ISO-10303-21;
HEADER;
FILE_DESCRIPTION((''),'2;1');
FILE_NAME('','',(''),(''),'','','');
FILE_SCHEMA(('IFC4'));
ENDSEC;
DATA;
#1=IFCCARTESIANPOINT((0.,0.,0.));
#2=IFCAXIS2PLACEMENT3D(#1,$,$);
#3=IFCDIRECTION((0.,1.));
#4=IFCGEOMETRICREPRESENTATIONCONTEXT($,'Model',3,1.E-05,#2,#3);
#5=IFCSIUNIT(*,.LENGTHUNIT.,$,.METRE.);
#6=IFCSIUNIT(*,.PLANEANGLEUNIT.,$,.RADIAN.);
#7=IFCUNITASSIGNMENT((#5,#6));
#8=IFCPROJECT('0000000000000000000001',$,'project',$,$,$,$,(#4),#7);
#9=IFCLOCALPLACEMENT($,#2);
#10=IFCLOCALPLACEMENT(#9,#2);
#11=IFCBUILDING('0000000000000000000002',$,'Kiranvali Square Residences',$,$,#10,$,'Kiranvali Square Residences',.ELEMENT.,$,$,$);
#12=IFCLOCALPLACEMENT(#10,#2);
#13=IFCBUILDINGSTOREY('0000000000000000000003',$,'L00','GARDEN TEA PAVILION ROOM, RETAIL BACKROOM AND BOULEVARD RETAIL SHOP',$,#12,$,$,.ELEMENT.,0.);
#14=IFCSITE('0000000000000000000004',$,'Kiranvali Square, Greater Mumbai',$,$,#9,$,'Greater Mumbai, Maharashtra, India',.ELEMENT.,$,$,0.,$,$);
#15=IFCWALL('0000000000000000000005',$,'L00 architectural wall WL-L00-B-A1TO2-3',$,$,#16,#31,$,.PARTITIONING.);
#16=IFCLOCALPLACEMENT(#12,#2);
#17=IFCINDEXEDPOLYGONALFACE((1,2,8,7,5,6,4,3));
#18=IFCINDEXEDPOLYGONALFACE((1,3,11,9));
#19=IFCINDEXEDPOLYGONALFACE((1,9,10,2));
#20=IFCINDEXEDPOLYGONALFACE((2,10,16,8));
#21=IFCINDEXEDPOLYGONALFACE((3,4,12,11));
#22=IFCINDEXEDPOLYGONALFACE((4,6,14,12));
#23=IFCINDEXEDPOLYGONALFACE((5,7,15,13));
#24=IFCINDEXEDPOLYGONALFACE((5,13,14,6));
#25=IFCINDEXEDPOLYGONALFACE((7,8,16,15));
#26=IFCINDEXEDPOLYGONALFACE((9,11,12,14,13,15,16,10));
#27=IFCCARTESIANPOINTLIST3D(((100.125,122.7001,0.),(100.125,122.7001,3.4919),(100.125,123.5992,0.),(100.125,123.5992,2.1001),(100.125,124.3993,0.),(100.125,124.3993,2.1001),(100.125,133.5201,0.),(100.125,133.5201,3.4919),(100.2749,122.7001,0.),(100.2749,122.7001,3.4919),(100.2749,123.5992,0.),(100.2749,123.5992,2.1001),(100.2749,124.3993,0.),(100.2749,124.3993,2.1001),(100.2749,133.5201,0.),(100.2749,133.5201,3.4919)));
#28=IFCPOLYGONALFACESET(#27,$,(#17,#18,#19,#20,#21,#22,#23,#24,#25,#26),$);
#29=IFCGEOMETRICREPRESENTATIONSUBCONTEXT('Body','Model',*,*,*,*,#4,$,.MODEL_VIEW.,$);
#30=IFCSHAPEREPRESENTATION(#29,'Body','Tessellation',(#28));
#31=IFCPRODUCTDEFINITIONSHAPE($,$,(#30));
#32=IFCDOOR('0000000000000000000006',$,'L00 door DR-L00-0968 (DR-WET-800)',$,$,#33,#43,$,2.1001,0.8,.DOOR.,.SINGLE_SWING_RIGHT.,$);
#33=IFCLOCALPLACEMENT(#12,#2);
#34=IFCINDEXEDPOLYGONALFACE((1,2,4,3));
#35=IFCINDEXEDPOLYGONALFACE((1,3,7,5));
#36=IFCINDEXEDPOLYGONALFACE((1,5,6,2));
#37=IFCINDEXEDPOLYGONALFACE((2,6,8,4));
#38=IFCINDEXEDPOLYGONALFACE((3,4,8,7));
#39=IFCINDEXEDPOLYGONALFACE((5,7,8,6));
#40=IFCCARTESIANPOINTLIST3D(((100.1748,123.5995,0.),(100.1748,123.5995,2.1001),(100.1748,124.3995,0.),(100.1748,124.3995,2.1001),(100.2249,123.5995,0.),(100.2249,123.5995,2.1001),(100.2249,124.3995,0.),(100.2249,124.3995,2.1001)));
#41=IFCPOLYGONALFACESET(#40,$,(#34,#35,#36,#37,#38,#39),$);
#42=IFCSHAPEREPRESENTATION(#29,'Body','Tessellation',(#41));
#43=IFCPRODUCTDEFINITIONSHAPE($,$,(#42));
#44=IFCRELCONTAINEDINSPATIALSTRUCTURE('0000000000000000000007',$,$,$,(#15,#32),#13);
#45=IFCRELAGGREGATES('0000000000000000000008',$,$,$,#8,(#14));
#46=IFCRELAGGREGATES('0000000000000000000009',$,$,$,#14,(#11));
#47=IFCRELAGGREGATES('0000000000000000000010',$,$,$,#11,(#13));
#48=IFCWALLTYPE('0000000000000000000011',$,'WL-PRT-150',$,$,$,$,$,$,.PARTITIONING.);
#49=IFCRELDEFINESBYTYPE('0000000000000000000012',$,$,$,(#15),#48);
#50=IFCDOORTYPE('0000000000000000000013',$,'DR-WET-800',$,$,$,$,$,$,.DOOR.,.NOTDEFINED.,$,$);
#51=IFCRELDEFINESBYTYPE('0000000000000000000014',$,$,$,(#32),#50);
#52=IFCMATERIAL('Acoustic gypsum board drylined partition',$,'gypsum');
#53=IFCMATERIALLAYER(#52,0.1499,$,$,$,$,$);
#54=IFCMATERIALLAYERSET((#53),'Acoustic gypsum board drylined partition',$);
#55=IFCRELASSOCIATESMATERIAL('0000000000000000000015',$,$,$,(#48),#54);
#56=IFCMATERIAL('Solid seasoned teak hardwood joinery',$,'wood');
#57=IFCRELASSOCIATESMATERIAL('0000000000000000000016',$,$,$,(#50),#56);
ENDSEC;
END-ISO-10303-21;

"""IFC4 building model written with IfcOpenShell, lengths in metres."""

from ifc_helpers import new_model, si_unit, direction, frame, frame_2d, origin, place, context, subcontext, project, spatial, rectangle, extrude, material, layer, layer_set, type_object, element, fill, save


model = new_model("IFC4")

# Units and contexts
model_context = context("Model", 3, precision=1e-05, world=origin(), true_north=direction((0.0, 1.0)))
body_context = subcontext(model_context, "Body", "Model", "MODEL_VIEW")
ifc_project = project(units=[si_unit("LENGTHUNIT", "METRE"), si_unit("PLANEANGLEUNIT", "RADIAN")], contexts=[model_context])

# Site, building, storey
site_placement = place(None, origin())
site = spatial("IfcSite", under=ifc_project, at=site_placement, Name="Kiranvali Square, Greater Mumbai", LongName="Greater Mumbai, Maharashtra, India", CompositionType="ELEMENT", RefElevation=0.0)
building_placement = place(site_placement, origin())
building = spatial("IfcBuilding", under=site, at=building_placement, Name="Kiranvali Square Residences", LongName="Kiranvali Square Residences", CompositionType="ELEMENT")
storey_placement = place(building_placement, origin())
storey = spatial("IfcBuildingStorey", under=building, at=storey_placement, Name="L00", Description="GARDEN TEA PAVILION ROOM, RETAIL BACKROOM AND BOULEVARD RETAIL SHOP", CompositionType="ELEMENT", Elevation=0.0)

# Wall, opening, door
ifc_material_1 = material(Name="Acoustic gypsum board drylined partition", Category="gypsum")
ifc_layer_1 = layer(ifc_material_1, 0.1499)
ifc_layer_set_1 = layer_set([ifc_layer_1], Name="Acoustic gypsum board drylined partition")
wall_type_1 = type_object("IfcWallType", Name="WL-PRT-150", PredefinedType="PARTITIONING", material=ifc_layer_set_1)
wall_1_placement = place(storey_placement, frame((100.2, 122.7, 0.0), z_axis=(0.0, 0.0, 1.0), x_axis=(0.0, 1.0, 0.0)))
wall_1 = element("IfcWall", 1, at=wall_1_placement, inside=storey, type_object=wall_type_1, Name="L00 architectural wall WL-L00-B-A1TO2-3", PredefinedType="PARTITIONING", context=body_context, shape_type="SweptSolid", body=[
    extrude(rectangle(XDim=10.8201, YDim=0.1499, at=frame_2d((5.4102, 0.0))), origin(), (0.0, 0.0, 1.0), 3.4919),
])
opening_1_placement = place(wall_1_placement, frame((0.8994, 0.0, 0.0)))
opening_1 = element("IfcOpeningElement", 2, at=opening_1_placement, cuts=wall_1, PredefinedType="OPENING", context=body_context, shape_type="SweptSolid", body=[
    extrude(rectangle(XDim=0.8, YDim=2.1001, at=frame_2d((0.3999, 1.05))), frame((0.0, 0.085, 0.0), z_axis=(0.0, -1.0, 0.0), x_axis=(1.0, 0.0, 0.0)), (0.0, 0.0, 1.0), 0.1699),
])
ifc_material_2 = material(Name="Solid seasoned teak hardwood joinery", Category="wood")
door_type_1 = type_object("IfcDoorType", Name="DR-WET-800", OperationType="NOTDEFINED", PredefinedType="DOOR", material=ifc_material_2)
door_1_placement = place(opening_1_placement, frame((0.8, 0.0, 0.0), z_axis=(0.0, 0.0, 1.0), x_axis=(-1.0, 0.0, 0.0)))
door_1 = element("IfcDoor", 3, at=door_1_placement, inside=storey, type_object=door_type_1, Name="L00 door DR-L00-0968 (DR-WET-800)", OperationType="SINGLE_SWING_RIGHT", OverallHeight=2.1001, OverallWidth=0.8, PredefinedType="DOOR", context=body_context, shape_type="SweptSolid", body=[
    extrude(rectangle(XDim=0.8, YDim=2.1001, at=frame_2d((0.3999, 1.05))), frame((0.0, 0.0249, 0.0), z_axis=(0.0, -1.0, 0.0), x_axis=(1.0, 0.0, 0.0)), (0.0, 0.0, 1.0), 0.05),
])
fill(opening_1, door_1)

save(model, "model.ifc")
